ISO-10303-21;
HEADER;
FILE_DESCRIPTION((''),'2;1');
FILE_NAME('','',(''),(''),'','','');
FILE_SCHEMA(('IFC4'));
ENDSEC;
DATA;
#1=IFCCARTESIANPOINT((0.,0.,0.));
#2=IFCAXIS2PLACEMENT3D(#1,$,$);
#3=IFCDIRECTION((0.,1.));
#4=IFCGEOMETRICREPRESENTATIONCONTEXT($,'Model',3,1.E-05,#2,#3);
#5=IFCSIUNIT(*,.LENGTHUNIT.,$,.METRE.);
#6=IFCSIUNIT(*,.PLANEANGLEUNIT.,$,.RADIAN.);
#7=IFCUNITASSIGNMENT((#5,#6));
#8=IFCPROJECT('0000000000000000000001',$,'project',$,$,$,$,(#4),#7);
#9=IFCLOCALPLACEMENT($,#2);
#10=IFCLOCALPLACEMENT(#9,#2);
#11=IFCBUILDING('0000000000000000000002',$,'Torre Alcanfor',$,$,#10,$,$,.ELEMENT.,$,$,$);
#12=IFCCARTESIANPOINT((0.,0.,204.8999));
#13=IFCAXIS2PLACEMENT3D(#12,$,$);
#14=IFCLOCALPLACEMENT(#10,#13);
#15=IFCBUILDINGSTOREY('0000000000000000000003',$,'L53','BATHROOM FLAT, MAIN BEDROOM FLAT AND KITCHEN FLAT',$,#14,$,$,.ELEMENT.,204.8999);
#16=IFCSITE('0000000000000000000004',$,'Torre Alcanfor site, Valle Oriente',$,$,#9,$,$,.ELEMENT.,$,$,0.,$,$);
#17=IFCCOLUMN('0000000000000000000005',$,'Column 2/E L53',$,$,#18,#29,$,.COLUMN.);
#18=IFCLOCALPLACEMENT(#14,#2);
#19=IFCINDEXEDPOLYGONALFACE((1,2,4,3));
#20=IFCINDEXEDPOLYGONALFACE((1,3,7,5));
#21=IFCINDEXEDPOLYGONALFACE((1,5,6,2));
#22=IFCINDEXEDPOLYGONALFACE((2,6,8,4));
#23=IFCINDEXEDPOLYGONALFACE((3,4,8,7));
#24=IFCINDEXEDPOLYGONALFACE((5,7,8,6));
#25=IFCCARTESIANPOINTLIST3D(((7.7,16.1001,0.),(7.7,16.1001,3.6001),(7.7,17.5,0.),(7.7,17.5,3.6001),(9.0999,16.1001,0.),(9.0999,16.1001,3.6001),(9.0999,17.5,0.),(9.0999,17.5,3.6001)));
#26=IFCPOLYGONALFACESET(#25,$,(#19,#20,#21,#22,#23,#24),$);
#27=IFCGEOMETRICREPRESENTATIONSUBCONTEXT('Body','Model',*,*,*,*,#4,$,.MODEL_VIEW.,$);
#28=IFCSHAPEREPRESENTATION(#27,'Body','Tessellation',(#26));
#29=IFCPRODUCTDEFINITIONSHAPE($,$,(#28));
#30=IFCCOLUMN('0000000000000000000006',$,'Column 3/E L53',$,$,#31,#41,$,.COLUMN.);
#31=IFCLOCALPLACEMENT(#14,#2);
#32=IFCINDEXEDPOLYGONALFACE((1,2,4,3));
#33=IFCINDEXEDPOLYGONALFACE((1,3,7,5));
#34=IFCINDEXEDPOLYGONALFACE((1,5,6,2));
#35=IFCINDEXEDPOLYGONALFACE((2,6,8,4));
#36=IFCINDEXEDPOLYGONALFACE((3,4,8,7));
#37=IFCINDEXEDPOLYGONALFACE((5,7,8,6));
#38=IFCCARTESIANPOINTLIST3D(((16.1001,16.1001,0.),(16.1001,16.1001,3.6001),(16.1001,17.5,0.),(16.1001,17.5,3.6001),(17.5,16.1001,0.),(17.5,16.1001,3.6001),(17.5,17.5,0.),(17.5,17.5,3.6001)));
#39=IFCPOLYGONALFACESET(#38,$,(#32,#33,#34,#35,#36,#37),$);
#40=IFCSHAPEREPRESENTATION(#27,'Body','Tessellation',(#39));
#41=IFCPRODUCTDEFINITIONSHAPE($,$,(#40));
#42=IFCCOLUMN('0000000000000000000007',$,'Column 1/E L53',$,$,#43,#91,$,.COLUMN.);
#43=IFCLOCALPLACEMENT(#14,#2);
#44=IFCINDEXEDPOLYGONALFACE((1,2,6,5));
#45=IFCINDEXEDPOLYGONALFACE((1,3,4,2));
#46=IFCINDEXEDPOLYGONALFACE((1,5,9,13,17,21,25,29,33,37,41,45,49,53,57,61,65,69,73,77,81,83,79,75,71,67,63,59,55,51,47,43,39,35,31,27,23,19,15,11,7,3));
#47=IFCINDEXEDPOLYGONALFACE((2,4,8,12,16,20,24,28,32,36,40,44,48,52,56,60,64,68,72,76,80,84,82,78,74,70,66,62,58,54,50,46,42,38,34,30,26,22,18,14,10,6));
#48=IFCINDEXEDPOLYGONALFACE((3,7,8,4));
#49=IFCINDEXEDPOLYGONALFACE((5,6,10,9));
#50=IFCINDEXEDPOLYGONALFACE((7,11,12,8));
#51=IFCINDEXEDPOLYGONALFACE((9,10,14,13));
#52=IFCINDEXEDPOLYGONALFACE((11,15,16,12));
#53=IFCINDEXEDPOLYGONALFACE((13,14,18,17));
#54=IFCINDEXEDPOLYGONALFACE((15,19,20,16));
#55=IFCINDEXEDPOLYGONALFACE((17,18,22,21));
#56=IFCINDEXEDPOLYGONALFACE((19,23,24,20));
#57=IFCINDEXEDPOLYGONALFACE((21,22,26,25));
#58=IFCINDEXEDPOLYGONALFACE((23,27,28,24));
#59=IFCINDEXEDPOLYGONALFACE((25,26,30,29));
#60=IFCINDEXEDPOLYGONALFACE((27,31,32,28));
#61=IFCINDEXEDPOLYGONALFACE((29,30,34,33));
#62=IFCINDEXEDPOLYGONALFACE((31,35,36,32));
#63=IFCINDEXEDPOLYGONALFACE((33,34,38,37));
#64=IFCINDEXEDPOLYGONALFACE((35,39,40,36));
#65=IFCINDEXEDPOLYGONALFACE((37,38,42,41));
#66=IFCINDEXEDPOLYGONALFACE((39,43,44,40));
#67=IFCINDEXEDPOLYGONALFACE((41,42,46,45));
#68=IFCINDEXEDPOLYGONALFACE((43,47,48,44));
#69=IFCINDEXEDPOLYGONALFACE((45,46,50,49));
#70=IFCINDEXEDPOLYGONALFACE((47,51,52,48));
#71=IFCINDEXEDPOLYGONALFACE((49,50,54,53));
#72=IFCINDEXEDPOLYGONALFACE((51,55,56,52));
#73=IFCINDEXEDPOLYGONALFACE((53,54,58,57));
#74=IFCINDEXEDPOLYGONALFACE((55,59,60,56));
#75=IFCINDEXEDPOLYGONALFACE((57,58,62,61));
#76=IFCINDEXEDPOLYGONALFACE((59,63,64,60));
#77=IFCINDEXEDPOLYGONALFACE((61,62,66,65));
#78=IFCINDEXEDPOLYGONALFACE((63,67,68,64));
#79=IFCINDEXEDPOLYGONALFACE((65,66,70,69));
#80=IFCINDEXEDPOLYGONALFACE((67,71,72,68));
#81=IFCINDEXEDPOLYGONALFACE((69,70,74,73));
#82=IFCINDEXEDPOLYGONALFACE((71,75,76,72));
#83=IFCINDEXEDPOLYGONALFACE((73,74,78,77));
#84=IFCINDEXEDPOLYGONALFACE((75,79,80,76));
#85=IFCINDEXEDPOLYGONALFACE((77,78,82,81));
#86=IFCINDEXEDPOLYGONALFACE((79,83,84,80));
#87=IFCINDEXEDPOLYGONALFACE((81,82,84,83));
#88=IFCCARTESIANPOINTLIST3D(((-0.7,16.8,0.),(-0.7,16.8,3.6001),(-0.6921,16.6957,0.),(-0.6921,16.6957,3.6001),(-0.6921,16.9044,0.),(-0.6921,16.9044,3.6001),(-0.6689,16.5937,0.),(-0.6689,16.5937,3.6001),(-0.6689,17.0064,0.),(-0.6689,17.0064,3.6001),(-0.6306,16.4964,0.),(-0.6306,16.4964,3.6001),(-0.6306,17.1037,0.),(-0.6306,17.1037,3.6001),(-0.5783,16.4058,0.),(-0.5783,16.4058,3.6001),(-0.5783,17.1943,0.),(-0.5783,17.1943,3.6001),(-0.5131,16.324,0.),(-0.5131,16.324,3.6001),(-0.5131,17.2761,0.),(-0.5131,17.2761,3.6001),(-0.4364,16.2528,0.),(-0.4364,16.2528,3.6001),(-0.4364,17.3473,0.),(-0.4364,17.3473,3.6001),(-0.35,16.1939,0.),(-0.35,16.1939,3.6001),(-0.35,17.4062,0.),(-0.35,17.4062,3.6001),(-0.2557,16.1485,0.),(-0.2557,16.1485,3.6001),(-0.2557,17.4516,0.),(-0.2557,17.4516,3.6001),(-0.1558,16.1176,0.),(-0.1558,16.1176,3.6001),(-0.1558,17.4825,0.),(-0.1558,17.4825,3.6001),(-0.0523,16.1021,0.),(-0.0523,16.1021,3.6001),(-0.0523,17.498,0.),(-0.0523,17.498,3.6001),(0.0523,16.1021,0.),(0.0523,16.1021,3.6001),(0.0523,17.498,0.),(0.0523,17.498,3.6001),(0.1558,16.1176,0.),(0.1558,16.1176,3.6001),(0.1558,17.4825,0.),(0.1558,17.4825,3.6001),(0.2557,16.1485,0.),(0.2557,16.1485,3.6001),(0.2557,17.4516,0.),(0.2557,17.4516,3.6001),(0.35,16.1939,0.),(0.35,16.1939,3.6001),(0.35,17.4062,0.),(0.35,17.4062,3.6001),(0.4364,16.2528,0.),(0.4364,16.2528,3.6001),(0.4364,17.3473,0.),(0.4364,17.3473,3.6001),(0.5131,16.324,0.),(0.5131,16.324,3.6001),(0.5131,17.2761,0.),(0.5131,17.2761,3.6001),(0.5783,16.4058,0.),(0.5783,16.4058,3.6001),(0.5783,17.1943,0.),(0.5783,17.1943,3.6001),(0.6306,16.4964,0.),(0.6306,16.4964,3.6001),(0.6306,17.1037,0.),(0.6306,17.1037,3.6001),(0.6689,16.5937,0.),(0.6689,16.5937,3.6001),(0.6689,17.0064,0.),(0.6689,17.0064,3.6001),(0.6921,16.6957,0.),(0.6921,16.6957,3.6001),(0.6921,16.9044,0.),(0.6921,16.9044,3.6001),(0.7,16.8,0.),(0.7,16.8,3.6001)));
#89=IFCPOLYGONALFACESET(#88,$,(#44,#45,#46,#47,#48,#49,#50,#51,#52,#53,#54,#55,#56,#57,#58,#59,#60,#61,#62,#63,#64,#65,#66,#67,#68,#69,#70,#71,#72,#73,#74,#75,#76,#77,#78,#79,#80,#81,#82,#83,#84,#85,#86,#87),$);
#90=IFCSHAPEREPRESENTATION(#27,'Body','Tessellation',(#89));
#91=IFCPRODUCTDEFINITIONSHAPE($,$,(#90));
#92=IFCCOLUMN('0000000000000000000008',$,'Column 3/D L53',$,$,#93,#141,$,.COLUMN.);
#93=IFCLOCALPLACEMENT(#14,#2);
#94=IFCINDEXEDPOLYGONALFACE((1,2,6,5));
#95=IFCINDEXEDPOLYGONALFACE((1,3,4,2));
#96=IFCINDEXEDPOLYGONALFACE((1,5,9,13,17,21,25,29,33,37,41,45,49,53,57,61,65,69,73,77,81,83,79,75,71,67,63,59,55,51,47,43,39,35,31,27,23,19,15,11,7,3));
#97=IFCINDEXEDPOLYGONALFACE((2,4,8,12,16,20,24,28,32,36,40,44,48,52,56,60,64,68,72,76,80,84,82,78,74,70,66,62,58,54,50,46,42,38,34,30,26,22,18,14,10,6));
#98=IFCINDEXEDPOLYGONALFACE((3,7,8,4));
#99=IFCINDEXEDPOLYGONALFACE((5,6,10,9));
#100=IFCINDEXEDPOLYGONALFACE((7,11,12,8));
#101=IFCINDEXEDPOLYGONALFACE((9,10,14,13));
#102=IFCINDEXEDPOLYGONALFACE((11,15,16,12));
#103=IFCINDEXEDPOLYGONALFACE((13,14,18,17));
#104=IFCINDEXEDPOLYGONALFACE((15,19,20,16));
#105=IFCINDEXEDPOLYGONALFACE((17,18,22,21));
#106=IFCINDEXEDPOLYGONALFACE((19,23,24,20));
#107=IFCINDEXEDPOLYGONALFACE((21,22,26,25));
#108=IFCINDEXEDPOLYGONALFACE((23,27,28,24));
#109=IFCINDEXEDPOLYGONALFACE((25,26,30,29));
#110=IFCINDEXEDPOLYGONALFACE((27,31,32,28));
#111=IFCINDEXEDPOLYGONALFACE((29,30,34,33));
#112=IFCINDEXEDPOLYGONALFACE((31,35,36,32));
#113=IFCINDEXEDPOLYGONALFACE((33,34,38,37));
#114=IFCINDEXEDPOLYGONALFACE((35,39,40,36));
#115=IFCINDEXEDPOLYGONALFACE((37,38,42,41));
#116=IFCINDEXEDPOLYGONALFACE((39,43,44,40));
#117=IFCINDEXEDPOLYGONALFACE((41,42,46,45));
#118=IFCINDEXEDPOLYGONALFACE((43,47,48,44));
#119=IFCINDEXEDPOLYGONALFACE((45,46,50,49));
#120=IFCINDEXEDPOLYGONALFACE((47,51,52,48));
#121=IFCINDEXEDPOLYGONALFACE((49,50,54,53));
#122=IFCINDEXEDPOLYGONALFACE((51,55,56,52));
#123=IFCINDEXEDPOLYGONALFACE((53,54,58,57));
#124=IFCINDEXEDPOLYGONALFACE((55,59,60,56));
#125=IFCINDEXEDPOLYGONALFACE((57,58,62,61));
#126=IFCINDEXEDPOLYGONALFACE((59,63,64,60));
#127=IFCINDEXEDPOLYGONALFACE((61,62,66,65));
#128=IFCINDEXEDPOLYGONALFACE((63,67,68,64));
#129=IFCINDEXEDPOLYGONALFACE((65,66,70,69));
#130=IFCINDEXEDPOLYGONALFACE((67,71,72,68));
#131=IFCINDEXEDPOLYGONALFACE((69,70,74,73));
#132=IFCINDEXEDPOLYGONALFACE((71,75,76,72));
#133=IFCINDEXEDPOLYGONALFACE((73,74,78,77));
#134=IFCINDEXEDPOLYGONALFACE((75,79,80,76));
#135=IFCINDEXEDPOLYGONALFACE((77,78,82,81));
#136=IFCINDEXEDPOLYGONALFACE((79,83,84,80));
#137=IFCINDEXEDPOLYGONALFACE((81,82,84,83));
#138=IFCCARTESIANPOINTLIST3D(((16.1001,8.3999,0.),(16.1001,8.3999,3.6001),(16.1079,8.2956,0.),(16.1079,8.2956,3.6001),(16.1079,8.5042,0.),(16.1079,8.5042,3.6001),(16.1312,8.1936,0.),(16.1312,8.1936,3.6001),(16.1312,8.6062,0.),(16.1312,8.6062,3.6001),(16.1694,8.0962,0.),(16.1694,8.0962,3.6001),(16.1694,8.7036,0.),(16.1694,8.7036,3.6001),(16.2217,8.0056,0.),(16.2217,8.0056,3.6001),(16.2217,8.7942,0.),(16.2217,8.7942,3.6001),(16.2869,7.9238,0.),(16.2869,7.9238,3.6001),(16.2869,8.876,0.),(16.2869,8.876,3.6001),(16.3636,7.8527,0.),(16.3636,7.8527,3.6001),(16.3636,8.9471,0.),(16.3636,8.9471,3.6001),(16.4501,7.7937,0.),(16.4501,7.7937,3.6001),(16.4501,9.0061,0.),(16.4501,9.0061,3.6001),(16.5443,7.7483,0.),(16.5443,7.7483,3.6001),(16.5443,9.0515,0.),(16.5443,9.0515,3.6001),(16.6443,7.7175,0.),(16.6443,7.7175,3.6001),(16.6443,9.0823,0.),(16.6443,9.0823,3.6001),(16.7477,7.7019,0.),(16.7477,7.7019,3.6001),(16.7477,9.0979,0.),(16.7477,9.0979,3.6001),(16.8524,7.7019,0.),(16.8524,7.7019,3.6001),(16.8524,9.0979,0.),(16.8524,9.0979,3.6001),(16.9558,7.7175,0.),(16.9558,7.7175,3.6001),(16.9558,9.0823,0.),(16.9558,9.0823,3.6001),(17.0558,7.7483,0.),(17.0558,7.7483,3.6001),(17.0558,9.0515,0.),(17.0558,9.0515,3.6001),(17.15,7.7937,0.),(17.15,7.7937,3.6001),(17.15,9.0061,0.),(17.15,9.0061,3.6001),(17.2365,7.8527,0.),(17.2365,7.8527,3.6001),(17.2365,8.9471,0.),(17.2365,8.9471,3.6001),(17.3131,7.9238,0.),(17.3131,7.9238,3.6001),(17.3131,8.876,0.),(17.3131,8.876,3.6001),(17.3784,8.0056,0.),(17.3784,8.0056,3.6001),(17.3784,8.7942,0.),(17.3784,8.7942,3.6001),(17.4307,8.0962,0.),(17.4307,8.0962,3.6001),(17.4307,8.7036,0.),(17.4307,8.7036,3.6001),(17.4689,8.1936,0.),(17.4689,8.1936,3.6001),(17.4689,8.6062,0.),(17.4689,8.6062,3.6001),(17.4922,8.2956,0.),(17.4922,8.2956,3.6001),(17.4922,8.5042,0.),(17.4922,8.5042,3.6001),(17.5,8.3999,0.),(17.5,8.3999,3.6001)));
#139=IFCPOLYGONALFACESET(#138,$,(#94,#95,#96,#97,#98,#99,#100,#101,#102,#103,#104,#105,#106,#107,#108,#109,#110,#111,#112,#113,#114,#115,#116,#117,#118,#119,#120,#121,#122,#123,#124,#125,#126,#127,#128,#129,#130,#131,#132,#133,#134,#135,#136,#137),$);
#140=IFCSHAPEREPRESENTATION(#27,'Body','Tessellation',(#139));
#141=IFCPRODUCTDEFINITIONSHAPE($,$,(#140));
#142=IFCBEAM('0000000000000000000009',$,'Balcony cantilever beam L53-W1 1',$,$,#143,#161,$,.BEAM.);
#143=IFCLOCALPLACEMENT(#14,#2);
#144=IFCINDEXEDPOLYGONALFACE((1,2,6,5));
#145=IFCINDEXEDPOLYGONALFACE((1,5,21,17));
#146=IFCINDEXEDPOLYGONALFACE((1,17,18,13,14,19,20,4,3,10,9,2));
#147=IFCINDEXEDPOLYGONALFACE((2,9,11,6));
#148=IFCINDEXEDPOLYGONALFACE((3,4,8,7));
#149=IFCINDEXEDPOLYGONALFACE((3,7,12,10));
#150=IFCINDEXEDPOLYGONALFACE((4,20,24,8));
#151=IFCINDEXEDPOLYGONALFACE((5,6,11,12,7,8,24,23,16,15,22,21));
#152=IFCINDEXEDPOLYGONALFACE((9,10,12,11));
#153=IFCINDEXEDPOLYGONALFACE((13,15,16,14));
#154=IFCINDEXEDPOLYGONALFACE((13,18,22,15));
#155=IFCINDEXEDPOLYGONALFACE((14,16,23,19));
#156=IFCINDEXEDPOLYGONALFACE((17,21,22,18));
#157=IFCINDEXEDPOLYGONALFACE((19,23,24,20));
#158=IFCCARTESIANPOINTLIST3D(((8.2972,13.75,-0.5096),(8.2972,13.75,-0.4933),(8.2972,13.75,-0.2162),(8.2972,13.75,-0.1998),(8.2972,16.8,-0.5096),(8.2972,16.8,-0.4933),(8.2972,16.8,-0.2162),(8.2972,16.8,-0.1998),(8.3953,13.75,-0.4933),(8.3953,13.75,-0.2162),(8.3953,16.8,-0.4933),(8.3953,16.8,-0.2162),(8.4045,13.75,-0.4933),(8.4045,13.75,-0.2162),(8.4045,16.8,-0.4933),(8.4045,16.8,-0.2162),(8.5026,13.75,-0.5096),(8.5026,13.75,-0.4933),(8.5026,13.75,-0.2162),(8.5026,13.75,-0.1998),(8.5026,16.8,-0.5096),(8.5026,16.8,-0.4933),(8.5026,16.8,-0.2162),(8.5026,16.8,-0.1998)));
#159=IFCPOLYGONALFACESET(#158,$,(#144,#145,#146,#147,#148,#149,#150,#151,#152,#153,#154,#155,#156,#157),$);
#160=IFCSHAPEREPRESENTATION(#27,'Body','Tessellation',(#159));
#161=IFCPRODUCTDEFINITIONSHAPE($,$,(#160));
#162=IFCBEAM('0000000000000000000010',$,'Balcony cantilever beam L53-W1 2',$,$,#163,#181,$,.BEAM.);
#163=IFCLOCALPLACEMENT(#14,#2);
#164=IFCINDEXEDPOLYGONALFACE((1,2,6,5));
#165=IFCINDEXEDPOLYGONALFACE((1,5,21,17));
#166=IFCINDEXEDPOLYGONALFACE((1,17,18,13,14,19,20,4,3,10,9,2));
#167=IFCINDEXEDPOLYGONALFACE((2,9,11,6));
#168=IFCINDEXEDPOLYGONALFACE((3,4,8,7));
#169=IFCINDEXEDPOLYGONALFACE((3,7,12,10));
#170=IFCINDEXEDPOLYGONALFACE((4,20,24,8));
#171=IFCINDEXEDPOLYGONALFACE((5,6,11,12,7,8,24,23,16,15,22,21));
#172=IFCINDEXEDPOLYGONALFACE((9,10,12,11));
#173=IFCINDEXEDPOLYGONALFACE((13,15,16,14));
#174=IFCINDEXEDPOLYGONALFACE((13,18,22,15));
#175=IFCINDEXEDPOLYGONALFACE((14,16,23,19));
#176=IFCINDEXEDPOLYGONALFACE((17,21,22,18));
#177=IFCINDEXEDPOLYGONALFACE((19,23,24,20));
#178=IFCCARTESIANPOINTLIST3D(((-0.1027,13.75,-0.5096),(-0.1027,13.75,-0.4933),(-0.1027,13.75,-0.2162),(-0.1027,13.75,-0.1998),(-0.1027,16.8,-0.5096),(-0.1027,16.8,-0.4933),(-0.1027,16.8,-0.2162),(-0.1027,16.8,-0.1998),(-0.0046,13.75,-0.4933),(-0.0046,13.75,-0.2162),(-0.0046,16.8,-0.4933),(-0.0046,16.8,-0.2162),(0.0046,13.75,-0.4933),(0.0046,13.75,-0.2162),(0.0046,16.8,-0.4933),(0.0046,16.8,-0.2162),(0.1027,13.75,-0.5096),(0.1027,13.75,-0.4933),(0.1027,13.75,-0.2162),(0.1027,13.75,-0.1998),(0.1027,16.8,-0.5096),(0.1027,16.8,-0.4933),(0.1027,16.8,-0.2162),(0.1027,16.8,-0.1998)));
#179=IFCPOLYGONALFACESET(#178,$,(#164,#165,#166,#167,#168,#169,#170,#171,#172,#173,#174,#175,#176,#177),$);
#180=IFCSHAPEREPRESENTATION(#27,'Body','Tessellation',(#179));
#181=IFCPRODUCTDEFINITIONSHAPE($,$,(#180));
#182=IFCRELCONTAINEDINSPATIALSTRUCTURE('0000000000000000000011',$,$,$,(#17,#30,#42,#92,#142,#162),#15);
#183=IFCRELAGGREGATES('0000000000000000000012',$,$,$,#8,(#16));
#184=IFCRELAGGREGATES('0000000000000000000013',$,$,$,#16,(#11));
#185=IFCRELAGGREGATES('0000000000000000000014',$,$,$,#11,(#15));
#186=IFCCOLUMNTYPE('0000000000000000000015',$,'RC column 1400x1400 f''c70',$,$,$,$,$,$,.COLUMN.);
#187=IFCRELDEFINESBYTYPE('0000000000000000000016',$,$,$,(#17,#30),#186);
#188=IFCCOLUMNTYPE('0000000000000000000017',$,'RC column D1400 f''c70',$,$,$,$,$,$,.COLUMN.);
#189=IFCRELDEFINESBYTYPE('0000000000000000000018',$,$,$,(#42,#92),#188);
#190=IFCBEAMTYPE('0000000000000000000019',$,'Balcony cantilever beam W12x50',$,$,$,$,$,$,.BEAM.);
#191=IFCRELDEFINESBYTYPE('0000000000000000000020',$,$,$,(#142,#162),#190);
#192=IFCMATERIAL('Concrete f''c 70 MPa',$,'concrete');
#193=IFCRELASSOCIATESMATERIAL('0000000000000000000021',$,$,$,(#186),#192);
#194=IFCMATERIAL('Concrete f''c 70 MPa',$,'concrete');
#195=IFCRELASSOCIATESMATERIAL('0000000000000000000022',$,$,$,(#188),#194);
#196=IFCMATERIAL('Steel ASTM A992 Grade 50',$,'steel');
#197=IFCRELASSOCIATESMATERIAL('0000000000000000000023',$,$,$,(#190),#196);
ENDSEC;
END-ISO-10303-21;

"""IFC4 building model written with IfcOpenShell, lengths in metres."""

from ifc_helpers import new_model, si_unit, direction, frame, origin, origin_2d, place, context, subcontext, project, spatial, rectangle, circle, i_section, extrude, material, material_profile, profile_set, type_object, element, save


model = new_model("IFC4")

# Units and contexts
model_context = context("Model", 3, precision=1e-05, world=origin(), true_north=direction((0.0, 1.0)))
body_context = subcontext(model_context, "Body", "Model", "MODEL_VIEW")
ifc_project = project(units=[si_unit("LENGTHUNIT", "METRE"), si_unit("PLANEANGLEUNIT", "RADIAN")], contexts=[model_context])

# Site, building, storey
site_placement = place(None, origin())
site = spatial("IfcSite", under=ifc_project, at=site_placement, Name="Torre Alcanfor site, Valle Oriente", CompositionType="ELEMENT", RefElevation=0.0)
building_placement = place(site_placement, origin())
building = spatial("IfcBuilding", under=site, at=building_placement, Name="Torre Alcanfor", CompositionType="ELEMENT")
storey_placement = place(building_placement, frame((0.0, 0.0, 204.8999)))
storey = spatial("IfcBuildingStorey", under=building, at=storey_placement, Name="L53", Description="BATHROOM FLAT, MAIN BEDROOM FLAT AND KITCHEN FLAT", CompositionType="ELEMENT", Elevation=204.8999)

# Columns
ifc_material_1 = material(Name="Concrete f'c 70 MPa", Category="concrete")
ifc_material_profile_1 = material_profile(ifc_material_1, rectangle(XDim=1.3999, YDim=1.3999, at=origin_2d()), Name="1400x1400")
ifc_profile_set_1 = profile_set([ifc_material_profile_1], Name="Concrete f'c 70 MPa")
column_type_1 = type_object("IfcColumnType", Name="RC column 1400x1400 f'c70", PredefinedType="COLUMN", material=ifc_profile_set_1)
for number, where, z_axis, x_axis, name in (
    (1, (8.3999, 16.8, 0.0), (0.0, 0.0, 1.0), (1.0, 0.0, 0.0), "Column 2/E L53"),
    (2, (16.8, 16.8, 0.0), (0.0, 0.0, 1.0), (1.0, 0.0, 0.0), "Column 3/E L53"),
):
    element("IfcColumn", number, at=place(storey_placement, frame(where, z_axis=z_axis, x_axis=x_axis)), inside=storey, type_object=column_type_1, Name=name, PredefinedType="COLUMN", context=body_context, shape_type="SweptSolid", body=[
        extrude(rectangle(XDim=1.3999, YDim=1.3999, at=origin_2d()), origin(), (0.0, 0.0, 1.0), 3.6001),
    ])
ifc_material_2 = material(Name="Concrete f'c 70 MPa", Category="concrete")
ifc_material_profile_2 = material_profile(ifc_material_2, circle(Radius=0.7, at=origin_2d()), Name="D1400")
ifc_profile_set_2 = profile_set([ifc_material_profile_2], Name="Concrete f'c 70 MPa")
column_type_2 = type_object("IfcColumnType", Name="RC column D1400 f'c70", PredefinedType="COLUMN", material=ifc_profile_set_2)
for number, where, z_axis, x_axis, name in (
    (3, (0.0, 16.8, 0.0), (0.0, 0.0, 1.0), (1.0, 0.0, 0.0), "Column 1/E L53"),
    (4, (16.8, 8.3999, 0.0), (0.0, 0.0, 1.0), (1.0, 0.0, 0.0), "Column 3/D L53"),
):
    element("IfcColumn", number, at=place(storey_placement, frame(where, z_axis=z_axis, x_axis=x_axis)), inside=storey, type_object=column_type_2, Name=name, PredefinedType="COLUMN", context=body_context, shape_type="SweptSolid", body=[
        extrude(circle(Radius=0.7, at=origin_2d()), origin(), (0.0, 0.0, 1.0), 3.6001),
    ])

# Beams
ifc_material_3 = material(Name="Steel ASTM A992 Grade 50", Category="steel")
ifc_material_profile_3 = material_profile(ifc_material_3, i_section(OverallWidth=0.2053, OverallDepth=0.3098, WebThickness=0.0093, FlangeThickness=0.0164, at=origin_2d()), Name="W12x50")
ifc_profile_set_3 = profile_set([ifc_material_profile_3], Name="Steel ASTM A992 Grade 50")
beam_type_1 = type_object("IfcBeamType", Name="Balcony cantilever beam W12x50", PredefinedType="BEAM", material=ifc_profile_set_3)
for number, where, z_axis, x_axis, name in (
    (5, (8.3999, 16.8, -0.3547), (0.0, -1.0, 0.0), (1.0, 0.0, 0.0), "Balcony cantilever beam L53-W1 1"),
    (6, (0.0, 16.8, -0.3547), (0.0, -1.0, 0.0), (1.0, 0.0, 0.0), "Balcony cantilever beam L53-W1 2"),
):
    element("IfcBeam", number, at=place(storey_placement, frame(where, z_axis=z_axis, x_axis=x_axis)), inside=storey, type_object=beam_type_1, Name=name, PredefinedType="BEAM", context=body_context, shape_type="SweptSolid", body=[
        extrude(i_section(OverallWidth=0.2053, OverallDepth=0.3098, WebThickness=0.0093, FlangeThickness=0.0164, at=origin_2d()), origin(), (0.0, 0.0, 1.0), 3.05),
    ])

save(model, "model.ifc")
